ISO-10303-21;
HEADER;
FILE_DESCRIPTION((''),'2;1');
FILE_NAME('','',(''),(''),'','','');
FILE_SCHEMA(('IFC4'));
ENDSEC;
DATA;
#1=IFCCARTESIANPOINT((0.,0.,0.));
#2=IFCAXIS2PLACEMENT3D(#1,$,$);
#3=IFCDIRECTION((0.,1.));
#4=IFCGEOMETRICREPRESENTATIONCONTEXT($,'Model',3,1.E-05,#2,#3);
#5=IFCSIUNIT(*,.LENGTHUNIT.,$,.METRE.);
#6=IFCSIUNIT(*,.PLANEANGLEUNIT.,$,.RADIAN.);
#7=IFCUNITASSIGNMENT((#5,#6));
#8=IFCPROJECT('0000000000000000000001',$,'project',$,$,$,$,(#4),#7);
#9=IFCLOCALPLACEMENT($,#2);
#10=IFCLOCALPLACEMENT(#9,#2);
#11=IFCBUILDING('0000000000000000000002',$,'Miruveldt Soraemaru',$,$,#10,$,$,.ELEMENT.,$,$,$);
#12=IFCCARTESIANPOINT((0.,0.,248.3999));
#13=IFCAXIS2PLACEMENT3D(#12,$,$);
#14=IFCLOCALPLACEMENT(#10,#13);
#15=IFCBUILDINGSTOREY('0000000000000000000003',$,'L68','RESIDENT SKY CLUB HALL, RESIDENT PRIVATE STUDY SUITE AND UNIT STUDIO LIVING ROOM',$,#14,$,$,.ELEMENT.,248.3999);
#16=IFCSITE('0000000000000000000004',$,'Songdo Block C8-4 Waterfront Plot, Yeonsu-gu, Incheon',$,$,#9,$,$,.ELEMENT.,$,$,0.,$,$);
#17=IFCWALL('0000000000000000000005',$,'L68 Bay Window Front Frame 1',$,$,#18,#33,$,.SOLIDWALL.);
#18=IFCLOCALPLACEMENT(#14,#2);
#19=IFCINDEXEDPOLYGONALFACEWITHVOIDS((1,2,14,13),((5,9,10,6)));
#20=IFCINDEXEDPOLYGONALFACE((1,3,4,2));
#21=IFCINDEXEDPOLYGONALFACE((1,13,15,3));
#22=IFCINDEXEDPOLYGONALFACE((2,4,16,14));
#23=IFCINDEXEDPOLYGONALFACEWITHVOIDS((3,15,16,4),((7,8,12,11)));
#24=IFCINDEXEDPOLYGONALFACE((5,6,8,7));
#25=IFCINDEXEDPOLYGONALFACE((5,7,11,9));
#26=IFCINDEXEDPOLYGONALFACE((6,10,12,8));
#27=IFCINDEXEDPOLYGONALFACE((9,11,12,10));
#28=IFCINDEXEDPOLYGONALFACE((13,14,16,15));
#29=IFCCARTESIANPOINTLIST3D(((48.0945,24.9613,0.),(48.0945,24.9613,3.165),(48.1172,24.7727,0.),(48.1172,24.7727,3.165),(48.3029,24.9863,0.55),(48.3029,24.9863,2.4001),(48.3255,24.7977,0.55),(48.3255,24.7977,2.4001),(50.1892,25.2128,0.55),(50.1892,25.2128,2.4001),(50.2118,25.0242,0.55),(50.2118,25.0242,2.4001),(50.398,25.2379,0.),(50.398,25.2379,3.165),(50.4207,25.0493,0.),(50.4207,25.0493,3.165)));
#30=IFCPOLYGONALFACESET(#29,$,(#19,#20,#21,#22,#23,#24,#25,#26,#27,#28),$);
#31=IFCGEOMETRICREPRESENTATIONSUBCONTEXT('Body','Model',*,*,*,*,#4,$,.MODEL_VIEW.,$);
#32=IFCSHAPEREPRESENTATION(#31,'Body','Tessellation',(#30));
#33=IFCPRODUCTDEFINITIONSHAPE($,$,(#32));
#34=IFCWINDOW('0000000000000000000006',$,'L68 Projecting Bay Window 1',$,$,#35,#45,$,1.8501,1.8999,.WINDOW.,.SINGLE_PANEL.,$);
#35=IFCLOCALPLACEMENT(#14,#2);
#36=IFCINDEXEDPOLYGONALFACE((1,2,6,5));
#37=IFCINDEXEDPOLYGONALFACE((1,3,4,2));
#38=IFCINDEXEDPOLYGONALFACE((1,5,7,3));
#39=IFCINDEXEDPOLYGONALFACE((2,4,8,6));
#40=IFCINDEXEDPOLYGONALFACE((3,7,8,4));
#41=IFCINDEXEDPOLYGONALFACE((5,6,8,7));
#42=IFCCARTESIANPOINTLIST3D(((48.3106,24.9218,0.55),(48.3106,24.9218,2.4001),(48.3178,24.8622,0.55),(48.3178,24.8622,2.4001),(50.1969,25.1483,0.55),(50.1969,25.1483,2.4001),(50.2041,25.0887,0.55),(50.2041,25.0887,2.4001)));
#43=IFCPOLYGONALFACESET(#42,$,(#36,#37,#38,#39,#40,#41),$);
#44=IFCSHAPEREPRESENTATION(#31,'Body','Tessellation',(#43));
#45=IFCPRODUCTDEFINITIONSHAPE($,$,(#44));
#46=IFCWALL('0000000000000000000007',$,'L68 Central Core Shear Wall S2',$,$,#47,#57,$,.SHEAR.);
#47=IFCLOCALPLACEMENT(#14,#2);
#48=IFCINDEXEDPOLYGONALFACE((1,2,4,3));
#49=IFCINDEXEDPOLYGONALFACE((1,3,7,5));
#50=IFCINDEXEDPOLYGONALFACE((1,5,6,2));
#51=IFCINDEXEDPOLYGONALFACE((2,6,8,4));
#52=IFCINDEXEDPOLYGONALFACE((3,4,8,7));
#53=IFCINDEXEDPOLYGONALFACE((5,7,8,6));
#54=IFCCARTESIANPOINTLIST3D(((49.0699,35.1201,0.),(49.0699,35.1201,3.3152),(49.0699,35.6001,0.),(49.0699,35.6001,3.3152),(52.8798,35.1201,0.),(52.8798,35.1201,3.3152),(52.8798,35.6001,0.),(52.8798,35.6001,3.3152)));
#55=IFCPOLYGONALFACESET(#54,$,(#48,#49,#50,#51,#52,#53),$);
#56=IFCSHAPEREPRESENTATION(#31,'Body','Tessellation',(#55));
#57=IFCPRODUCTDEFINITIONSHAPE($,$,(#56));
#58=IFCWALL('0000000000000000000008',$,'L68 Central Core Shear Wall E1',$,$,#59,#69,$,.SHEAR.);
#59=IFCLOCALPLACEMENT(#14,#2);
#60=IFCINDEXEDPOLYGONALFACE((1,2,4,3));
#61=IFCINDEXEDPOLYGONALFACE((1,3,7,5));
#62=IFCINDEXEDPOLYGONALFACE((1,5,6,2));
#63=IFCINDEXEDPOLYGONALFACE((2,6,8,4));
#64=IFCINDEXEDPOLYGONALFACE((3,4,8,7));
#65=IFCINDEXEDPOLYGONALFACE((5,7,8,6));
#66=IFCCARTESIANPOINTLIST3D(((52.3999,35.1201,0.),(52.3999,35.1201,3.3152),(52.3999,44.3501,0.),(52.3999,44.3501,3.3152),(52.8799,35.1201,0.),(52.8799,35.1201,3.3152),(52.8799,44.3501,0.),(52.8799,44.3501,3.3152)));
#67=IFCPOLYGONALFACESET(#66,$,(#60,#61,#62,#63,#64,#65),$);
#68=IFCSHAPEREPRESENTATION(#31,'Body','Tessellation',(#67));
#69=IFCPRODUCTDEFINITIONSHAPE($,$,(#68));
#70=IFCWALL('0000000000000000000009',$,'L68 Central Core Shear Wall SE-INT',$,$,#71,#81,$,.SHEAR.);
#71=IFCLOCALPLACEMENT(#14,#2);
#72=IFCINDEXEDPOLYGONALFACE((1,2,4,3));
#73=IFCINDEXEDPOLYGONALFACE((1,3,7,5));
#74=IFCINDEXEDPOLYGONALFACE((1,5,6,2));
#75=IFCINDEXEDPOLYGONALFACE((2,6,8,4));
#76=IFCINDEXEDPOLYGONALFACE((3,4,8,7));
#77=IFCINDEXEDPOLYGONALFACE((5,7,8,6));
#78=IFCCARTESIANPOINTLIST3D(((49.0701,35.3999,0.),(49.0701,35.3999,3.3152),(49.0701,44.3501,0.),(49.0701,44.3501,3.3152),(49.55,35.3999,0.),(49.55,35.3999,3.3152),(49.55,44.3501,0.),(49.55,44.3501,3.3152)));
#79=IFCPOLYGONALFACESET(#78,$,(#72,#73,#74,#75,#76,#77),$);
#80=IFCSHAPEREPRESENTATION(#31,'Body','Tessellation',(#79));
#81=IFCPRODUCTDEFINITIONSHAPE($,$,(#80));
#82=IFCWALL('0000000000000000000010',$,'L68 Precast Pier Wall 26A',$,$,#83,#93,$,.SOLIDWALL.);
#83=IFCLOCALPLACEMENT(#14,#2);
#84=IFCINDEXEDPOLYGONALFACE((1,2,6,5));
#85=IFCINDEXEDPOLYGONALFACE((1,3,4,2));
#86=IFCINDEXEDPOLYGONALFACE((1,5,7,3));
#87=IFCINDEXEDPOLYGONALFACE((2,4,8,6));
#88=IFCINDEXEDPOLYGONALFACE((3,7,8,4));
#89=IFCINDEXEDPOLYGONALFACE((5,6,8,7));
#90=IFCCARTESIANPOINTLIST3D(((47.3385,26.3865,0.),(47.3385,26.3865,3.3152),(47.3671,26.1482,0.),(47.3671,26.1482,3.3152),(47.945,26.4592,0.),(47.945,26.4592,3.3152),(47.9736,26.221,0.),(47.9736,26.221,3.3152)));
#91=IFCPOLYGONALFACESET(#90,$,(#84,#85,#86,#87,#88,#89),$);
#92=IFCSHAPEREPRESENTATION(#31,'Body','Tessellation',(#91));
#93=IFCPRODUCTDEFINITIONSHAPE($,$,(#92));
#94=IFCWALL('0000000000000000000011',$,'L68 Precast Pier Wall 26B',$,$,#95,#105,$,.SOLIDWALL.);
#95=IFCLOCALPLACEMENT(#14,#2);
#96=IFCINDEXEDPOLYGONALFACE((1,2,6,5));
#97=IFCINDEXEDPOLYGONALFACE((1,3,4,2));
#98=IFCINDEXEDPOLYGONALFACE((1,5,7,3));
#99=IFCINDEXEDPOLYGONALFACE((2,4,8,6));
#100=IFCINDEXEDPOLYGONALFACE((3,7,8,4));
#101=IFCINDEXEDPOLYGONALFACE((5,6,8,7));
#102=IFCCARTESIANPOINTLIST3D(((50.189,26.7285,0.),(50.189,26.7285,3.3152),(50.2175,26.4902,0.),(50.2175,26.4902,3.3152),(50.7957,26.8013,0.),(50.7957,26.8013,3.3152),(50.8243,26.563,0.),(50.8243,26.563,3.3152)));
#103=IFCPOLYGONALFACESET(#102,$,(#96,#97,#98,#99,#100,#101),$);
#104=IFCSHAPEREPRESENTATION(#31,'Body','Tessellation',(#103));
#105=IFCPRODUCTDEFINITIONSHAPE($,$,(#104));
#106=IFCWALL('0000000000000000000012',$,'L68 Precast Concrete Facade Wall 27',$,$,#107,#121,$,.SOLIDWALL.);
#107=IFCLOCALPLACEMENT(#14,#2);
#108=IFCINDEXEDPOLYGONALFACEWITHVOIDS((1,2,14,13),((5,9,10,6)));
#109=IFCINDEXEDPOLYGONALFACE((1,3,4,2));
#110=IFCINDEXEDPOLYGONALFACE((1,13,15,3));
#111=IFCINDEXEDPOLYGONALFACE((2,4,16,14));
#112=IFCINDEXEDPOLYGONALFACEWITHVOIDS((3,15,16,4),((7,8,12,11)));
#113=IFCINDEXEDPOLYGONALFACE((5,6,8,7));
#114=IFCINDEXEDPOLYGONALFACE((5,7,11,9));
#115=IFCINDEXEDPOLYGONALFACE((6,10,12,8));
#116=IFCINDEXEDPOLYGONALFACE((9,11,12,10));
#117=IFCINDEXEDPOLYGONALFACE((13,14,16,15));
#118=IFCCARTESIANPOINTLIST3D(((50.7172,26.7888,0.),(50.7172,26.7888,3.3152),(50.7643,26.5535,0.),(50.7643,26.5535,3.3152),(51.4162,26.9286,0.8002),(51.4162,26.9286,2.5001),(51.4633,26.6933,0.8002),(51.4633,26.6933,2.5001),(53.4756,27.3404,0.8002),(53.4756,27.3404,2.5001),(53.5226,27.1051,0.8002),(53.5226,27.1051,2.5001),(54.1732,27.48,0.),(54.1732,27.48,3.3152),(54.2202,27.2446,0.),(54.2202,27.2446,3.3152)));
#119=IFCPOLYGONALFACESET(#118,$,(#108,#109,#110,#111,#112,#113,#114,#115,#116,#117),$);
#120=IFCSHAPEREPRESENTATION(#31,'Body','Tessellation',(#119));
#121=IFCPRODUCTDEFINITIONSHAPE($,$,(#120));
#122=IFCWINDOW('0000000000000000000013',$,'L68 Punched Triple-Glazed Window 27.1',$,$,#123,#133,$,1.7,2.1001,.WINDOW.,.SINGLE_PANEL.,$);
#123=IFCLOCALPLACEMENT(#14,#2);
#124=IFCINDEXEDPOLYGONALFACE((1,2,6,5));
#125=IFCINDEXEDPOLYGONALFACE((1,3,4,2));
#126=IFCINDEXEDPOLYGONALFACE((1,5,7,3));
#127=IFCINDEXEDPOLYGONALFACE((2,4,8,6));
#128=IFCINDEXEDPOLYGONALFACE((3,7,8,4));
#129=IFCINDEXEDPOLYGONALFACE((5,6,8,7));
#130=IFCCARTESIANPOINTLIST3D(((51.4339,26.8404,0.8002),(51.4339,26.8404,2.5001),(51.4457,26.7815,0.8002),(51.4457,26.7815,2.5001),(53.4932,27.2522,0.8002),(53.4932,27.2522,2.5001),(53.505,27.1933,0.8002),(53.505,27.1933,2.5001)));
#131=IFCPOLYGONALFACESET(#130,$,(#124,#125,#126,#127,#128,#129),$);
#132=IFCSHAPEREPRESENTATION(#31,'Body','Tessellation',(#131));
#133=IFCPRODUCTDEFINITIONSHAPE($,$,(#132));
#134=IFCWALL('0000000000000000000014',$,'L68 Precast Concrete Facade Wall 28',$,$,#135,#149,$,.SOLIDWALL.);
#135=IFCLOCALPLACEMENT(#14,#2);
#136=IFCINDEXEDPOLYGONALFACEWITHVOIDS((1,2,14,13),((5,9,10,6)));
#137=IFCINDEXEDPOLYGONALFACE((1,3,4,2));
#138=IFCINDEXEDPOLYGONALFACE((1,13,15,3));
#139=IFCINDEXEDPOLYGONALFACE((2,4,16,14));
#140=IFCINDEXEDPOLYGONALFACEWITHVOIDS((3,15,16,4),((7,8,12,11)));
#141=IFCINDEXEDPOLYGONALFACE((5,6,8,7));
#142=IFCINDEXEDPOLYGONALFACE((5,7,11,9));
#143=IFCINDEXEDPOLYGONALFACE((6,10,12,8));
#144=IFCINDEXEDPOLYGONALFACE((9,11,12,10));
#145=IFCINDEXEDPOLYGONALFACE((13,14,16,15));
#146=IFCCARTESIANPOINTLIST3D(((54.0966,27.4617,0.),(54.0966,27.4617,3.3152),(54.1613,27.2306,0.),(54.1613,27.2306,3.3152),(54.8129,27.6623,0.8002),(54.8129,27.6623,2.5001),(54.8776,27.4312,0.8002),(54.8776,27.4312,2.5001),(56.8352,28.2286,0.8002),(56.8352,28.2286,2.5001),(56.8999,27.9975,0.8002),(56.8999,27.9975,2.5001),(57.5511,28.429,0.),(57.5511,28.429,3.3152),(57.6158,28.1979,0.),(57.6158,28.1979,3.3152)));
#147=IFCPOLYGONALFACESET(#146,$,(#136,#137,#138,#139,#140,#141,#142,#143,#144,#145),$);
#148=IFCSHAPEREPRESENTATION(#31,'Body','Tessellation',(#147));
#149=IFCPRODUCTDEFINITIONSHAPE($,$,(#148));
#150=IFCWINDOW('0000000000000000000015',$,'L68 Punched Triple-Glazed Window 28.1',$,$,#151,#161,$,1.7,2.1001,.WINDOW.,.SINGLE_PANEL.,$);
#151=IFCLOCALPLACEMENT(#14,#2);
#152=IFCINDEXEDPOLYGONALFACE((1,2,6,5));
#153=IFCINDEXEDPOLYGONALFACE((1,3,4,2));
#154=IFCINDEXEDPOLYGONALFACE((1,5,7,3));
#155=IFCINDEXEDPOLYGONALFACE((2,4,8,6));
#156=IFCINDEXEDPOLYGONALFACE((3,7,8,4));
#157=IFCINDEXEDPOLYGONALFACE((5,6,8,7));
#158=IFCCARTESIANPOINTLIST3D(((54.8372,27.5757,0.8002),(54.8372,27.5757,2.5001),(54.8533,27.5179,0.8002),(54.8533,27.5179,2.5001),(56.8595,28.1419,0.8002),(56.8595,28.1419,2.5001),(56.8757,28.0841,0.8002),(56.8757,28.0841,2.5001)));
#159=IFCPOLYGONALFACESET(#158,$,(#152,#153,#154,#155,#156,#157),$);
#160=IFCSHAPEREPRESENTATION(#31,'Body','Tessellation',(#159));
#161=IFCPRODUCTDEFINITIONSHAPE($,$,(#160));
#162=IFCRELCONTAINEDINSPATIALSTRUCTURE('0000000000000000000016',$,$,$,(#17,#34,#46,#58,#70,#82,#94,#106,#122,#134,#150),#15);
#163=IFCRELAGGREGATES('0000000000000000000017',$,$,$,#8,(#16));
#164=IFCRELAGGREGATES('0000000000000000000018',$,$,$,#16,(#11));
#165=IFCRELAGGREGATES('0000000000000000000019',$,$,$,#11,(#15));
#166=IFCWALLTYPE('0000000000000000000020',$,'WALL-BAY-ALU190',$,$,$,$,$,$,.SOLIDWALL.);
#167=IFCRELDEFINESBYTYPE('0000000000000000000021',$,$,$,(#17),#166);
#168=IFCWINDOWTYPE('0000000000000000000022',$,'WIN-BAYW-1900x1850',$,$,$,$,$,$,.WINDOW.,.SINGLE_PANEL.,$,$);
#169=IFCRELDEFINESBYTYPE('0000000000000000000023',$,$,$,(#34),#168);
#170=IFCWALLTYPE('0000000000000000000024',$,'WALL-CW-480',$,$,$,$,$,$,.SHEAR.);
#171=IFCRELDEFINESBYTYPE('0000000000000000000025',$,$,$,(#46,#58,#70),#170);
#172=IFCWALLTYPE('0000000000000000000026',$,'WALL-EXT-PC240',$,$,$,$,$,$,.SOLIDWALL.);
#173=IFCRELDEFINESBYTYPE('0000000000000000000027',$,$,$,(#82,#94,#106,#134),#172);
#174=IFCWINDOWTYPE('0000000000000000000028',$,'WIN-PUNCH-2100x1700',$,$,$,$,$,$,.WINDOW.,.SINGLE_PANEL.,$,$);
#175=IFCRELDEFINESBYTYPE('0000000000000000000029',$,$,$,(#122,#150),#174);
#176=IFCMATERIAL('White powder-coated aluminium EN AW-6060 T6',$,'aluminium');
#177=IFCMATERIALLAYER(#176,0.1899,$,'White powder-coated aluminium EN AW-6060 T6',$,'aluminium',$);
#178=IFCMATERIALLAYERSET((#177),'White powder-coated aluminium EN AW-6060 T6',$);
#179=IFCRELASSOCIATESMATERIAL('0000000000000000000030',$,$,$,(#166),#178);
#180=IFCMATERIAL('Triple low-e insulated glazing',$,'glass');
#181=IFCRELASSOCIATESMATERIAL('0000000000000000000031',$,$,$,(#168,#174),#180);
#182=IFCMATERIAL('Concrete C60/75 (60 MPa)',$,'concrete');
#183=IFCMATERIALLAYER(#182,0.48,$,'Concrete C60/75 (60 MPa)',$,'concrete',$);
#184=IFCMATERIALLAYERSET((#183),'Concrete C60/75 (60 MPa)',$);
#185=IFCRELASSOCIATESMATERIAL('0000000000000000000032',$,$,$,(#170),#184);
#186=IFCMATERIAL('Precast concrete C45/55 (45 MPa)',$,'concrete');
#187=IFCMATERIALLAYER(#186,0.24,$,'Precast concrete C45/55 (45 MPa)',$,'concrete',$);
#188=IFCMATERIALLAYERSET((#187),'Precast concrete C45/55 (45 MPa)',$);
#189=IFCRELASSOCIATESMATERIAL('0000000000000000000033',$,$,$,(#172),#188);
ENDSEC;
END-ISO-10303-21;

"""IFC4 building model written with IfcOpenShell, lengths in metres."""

from ifc_helpers import new_model, si_unit, direction, frame, frame_2d, origin, place, context, subcontext, project, spatial, rectangle, extrude, material, layer, layer_set, type_object, element, fill, save


model = new_model("IFC4")

# Units and contexts
model_context = context("Model", 3, precision=1e-05, world=origin(), true_north=direction((0.0, 1.0)))
body_context = subcontext(model_context, "Body", "Model", "MODEL_VIEW")
ifc_project = project(units=[si_unit("LENGTHUNIT", "METRE"), si_unit("PLANEANGLEUNIT", "RADIAN")], contexts=[model_context])

# Site, building, storey
site_placement = place(None, origin())
site = spatial("IfcSite", under=ifc_project, at=site_placement, Name="Songdo Block C8-4 Waterfront Plot, Yeonsu-gu, Incheon", CompositionType="ELEMENT", RefElevation=0.0)
building_placement = place(site_placement, origin())
building = spatial("IfcBuilding", under=site, at=building_placement, Name="Miruveldt Soraemaru", CompositionType="ELEMENT")
storey_placement = place(building_placement, frame((0.0, 0.0, 248.3999)))
storey = spatial("IfcBuildingStorey", under=building, at=storey_placement, Name="L68", Description="RESIDENT SKY CLUB HALL, RESIDENT PRIVATE STUDY SUITE AND UNIT STUDIO LIVING ROOM", CompositionType="ELEMENT", Elevation=248.3999)

# Shared definitions
ifc_material_1 = material(Name="White powder-coated aluminium EN AW-6060 T6", Category="aluminium")
ifc_layer_1 = layer(ifc_material_1, 0.1899, Name="White powder-coated aluminium EN AW-6060 T6", Category="aluminium")
ifc_layer_set_1 = layer_set([ifc_layer_1], Name="White powder-coated aluminium EN AW-6060 T6")
wall_type_1 = type_object("IfcWallType", Name="WALL-BAY-ALU190", PredefinedType="SOLIDWALL", material=ifc_layer_set_1)

# Wall, opening, window
wall_1_placement = place(storey_placement, frame((48.1057, 24.8669, 0.0), z_axis=(0.0, 0.0, 1.0), x_axis=(0.992867, 0.119228, 0.0)))
wall_1 = element("IfcWall", 1, at=wall_1_placement, inside=storey, type_object=wall_type_1, Name="L68 Bay Window Front Frame 1", PredefinedType="SOLIDWALL", context=body_context, shape_type="SweptSolid", body=[
    extrude(rectangle(XDim=2.3201, YDim=0.1899, at=frame_2d((1.1602, 0.0))), origin(), (0.0, 0.0, 1.0), 3.165),
])
opening_1_placement = place(wall_1_placement, frame((0.21, 0.0, 0.55)))
opening_1 = element("IfcOpeningElement", 2, at=opening_1_placement, cuts=wall_1, PredefinedType="OPENING", context=body_context, shape_type="SweptSolid", body=[
    extrude(rectangle(XDim=1.8999, YDim=1.8501, at=frame_2d((0.95, 0.925))), frame((0.0, 0.105, 0.0), z_axis=(0.0, -1.0, 0.0), x_axis=(1.0, 0.0, 0.0)), (0.0, 0.0, 1.0), 0.21),
])
ifc_material_2 = material(Name="Triple low-e insulated glazing", Category="glass")
window_type_1 = type_object("IfcWindowType", Name="WIN-BAYW-1900x1850", PartitioningType="SINGLE_PANEL", PredefinedType="WINDOW", material=ifc_material_2)
window_1_placement = place(opening_1_placement, origin())
window_1 = element("IfcWindow", 3, at=window_1_placement, inside=storey, type_object=window_type_1, Name="L68 Projecting Bay Window 1", OverallHeight=1.8501, OverallWidth=1.8999, PartitioningType="SINGLE_PANEL", PredefinedType="WINDOW", context=body_context, shape_type="SweptSolid", body=[
    extrude(rectangle(XDim=1.8999, YDim=1.8501, at=frame_2d((0.95, 0.925))), frame((0.0, 0.03, 0.0), z_axis=(0.0, -1.0, 0.0), x_axis=(1.0, 0.0, 0.0)), (0.0, 0.0, 1.0), 0.0601),
])
fill(opening_1, window_1)

# Walls
ifc_material_3 = material(Name="Concrete C60/75 (60 MPa)", Category="concrete")
ifc_layer_2 = layer(ifc_material_3, 0.48, Name="Concrete C60/75 (60 MPa)", Category="concrete")
ifc_layer_set_2 = layer_set([ifc_layer_2], Name="Concrete C60/75 (60 MPa)")
wall_type_2 = type_object("IfcWallType", Name="WALL-CW-480", PredefinedType="SHEAR", material=ifc_layer_set_2)
wall_2_placement = place(storey_placement, frame((49.0701, 35.3601, 0.0), z_axis=(0.0, 0.0, 1.0), x_axis=(1.0, 0.0, 0.0)))
element("IfcWall", 4, at=wall_2_placement, inside=storey, type_object=wall_type_2, Name="L68 Central Core Shear Wall S2", PredefinedType="SHEAR", context=body_context, shape_type="SweptSolid", body=[
    extrude(rectangle(XDim=3.8098, YDim=0.48, at=frame_2d((1.9048, 0.0))), origin(), (0.0, 0.0, 1.0), 3.3152),
])
wall_3_placement = place(storey_placement, frame((52.6399, 35.1201, 0.0), z_axis=(0.0, 0.0, 1.0), x_axis=(0.0, 1.0, 0.0)))
element("IfcWall", 5, at=wall_3_placement, inside=storey, type_object=wall_type_2, Name="L68 Central Core Shear Wall E1", PredefinedType="SHEAR", context=body_context, shape_type="SweptSolid", body=[
    extrude(rectangle(XDim=9.23, YDim=0.48, at=frame_2d((4.615, 0.0))), origin(), (0.0, 0.0, 1.0), 3.3152),
])
wall_4_placement = place(storey_placement, frame((49.3101, 35.3999, 0.0), z_axis=(0.0, 0.0, 1.0), x_axis=(0.0, 1.0, 0.0)))
element("IfcWall", 6, at=wall_4_placement, inside=storey, type_object=wall_type_2, Name="L68 Central Core Shear Wall SE-INT", PredefinedType="SHEAR", context=body_context, shape_type="SweptSolid", body=[
    extrude(rectangle(XDim=8.9502, YDim=0.48, at=frame_2d((4.4751, 0.0))), origin(), (0.0, 0.0, 1.0), 3.3152),
])
ifc_material_4 = material(Name="Precast concrete C45/55 (45 MPa)", Category="concrete")
ifc_layer_3 = layer(ifc_material_4, 0.24, Name="Precast concrete C45/55 (45 MPa)", Category="concrete")
ifc_layer_set_3 = layer_set([ifc_layer_3], Name="Precast concrete C45/55 (45 MPa)")
wall_type_3 = type_object("IfcWallType", Name="WALL-EXT-PC240", PredefinedType="SOLIDWALL", material=ifc_layer_set_3)
wall_5_placement = place(storey_placement, frame((47.3528, 26.2673, 0.0), z_axis=(0.0, 0.0, 1.0), x_axis=(0.992881, 0.119114, 0.0)))
element("IfcWall", 7, at=wall_5_placement, inside=storey, type_object=wall_type_3, Name="L68 Precast Pier Wall 26A", PredefinedType="SOLIDWALL", context=body_context, shape_type="SweptSolid", body=[
    extrude(rectangle(XDim=0.6108, YDim=0.24, at=frame_2d((0.3054, 0.0))), origin(), (0.0, 0.0, 1.0), 3.3152),
])
wall_6_placement = place(storey_placement, frame((50.2031, 26.6094, 0.0), z_axis=(0.0, 0.0, 1.0), x_axis=(0.992886, 0.119066, 0.0)))
element("IfcWall", 8, at=wall_6_placement, inside=storey, type_object=wall_type_3, Name="L68 Precast Pier Wall 26B", PredefinedType="SOLIDWALL", context=body_context, shape_type="SweptSolid", body=[
    extrude(rectangle(XDim=0.6111, YDim=0.24, at=frame_2d((0.3057, 0.0))), origin(), (0.0, 0.0, 1.0), 3.3152),
])

# Walls, openings, windows
wall_7_placement = place(storey_placement, frame((50.7407, 26.6711, 0.0), z_axis=(0.0, 0.0, 1.0), x_axis=(0.980583, 0.196103, 0.0)))
wall_7 = element("IfcWall", 9, at=wall_7_placement, inside=storey, type_object=wall_type_3, Name="L68 Precast Concrete Facade Wall 27", PredefinedType="SOLIDWALL", context=body_context, shape_type="SweptSolid", body=[
    extrude(rectangle(XDim=3.5244, YDim=0.24, at=frame_2d((1.7622, 0.0))), origin(), (0.0, 0.0, 1.0), 3.3152),
])
opening_2_placement = place(wall_7_placement, frame((0.7129, 0.0, 0.8)))
opening_2 = element("IfcOpeningElement", 10, at=opening_2_placement, cuts=wall_7, PredefinedType="OPENING", context=body_context, shape_type="SweptSolid", body=[
    extrude(rectangle(XDim=2.1001, YDim=1.7, at=frame_2d((1.05, 0.8501))), frame((0.0, 0.1299, 0.0), z_axis=(0.0, -1.0, 0.0), x_axis=(1.0, 0.0, 0.0)), (0.0, 0.0, 1.0), 0.26),
])
window_type_2 = type_object("IfcWindowType", Name="WIN-PUNCH-2100x1700", PartitioningType="SINGLE_PANEL", PredefinedType="WINDOW", material=ifc_material_2)
window_2_placement = place(opening_2_placement, origin())
window_2 = element("IfcWindow", 11, at=window_2_placement, inside=storey, type_object=window_type_2, Name="L68 Punched Triple-Glazed Window 27.1", OverallHeight=1.7, OverallWidth=2.1001, PartitioningType="SINGLE_PANEL", PredefinedType="WINDOW", context=body_context, shape_type="SweptSolid", body=[
    extrude(rectangle(XDim=2.1001, YDim=1.7, at=frame_2d((1.05, 0.8501))), frame((0.0, 0.03, 0.0), z_axis=(0.0, -1.0, 0.0), x_axis=(1.0, 0.0, 0.0)), (0.0, 0.0, 1.0), 0.0601),
])
fill(opening_2, window_2)
wall_8_placement = place(storey_placement, frame((54.1289, 27.3462, 0.0), z_axis=(0.0, 0.0, 1.0), x_axis=(0.962964, 0.26963, 0.0)))
wall_8 = element("IfcWall", 12, at=wall_8_placement, inside=storey, type_object=wall_type_3, Name="L68 Precast Concrete Facade Wall 28", PredefinedType="SOLIDWALL", context=body_context, shape_type="SweptSolid", body=[
    extrude(rectangle(XDim=3.5874, YDim=0.24, at=frame_2d((1.7937, 0.0))), origin(), (0.0, 0.0, 1.0), 3.3152),
])
opening_3_placement = place(wall_8_placement, frame((0.7439, 0.0, 0.8)))
opening_3 = element("IfcOpeningElement", 13, at=opening_3_placement, cuts=wall_8, PredefinedType="OPENING", context=body_context, shape_type="SweptSolid", body=[
    extrude(rectangle(XDim=2.1001, YDim=1.7, at=frame_2d((1.05, 0.8501))), frame((0.0, 0.1299, 0.0), z_axis=(0.0, -1.0, 0.0), x_axis=(1.0, 0.0, 0.0)), (0.0, 0.0, 1.0), 0.26),
])
window_3_placement = place(opening_3_placement, origin())
window_3 = element("IfcWindow", 14, at=window_3_placement, inside=storey, type_object=window_type_2, Name="L68 Punched Triple-Glazed Window 28.1", OverallHeight=1.7, OverallWidth=2.1001, PartitioningType="SINGLE_PANEL", PredefinedType="WINDOW", context=body_context, shape_type="SweptSolid", body=[
    extrude(rectangle(XDim=2.1001, YDim=1.7, at=frame_2d((1.05, 0.8501))), frame((0.0, 0.03, 0.0), z_axis=(0.0, -1.0, 0.0), x_axis=(1.0, 0.0, 0.0)), (0.0, 0.0, 1.0), 0.0601),
])
fill(opening_3, window_3)

save(model, "model.ifc")
